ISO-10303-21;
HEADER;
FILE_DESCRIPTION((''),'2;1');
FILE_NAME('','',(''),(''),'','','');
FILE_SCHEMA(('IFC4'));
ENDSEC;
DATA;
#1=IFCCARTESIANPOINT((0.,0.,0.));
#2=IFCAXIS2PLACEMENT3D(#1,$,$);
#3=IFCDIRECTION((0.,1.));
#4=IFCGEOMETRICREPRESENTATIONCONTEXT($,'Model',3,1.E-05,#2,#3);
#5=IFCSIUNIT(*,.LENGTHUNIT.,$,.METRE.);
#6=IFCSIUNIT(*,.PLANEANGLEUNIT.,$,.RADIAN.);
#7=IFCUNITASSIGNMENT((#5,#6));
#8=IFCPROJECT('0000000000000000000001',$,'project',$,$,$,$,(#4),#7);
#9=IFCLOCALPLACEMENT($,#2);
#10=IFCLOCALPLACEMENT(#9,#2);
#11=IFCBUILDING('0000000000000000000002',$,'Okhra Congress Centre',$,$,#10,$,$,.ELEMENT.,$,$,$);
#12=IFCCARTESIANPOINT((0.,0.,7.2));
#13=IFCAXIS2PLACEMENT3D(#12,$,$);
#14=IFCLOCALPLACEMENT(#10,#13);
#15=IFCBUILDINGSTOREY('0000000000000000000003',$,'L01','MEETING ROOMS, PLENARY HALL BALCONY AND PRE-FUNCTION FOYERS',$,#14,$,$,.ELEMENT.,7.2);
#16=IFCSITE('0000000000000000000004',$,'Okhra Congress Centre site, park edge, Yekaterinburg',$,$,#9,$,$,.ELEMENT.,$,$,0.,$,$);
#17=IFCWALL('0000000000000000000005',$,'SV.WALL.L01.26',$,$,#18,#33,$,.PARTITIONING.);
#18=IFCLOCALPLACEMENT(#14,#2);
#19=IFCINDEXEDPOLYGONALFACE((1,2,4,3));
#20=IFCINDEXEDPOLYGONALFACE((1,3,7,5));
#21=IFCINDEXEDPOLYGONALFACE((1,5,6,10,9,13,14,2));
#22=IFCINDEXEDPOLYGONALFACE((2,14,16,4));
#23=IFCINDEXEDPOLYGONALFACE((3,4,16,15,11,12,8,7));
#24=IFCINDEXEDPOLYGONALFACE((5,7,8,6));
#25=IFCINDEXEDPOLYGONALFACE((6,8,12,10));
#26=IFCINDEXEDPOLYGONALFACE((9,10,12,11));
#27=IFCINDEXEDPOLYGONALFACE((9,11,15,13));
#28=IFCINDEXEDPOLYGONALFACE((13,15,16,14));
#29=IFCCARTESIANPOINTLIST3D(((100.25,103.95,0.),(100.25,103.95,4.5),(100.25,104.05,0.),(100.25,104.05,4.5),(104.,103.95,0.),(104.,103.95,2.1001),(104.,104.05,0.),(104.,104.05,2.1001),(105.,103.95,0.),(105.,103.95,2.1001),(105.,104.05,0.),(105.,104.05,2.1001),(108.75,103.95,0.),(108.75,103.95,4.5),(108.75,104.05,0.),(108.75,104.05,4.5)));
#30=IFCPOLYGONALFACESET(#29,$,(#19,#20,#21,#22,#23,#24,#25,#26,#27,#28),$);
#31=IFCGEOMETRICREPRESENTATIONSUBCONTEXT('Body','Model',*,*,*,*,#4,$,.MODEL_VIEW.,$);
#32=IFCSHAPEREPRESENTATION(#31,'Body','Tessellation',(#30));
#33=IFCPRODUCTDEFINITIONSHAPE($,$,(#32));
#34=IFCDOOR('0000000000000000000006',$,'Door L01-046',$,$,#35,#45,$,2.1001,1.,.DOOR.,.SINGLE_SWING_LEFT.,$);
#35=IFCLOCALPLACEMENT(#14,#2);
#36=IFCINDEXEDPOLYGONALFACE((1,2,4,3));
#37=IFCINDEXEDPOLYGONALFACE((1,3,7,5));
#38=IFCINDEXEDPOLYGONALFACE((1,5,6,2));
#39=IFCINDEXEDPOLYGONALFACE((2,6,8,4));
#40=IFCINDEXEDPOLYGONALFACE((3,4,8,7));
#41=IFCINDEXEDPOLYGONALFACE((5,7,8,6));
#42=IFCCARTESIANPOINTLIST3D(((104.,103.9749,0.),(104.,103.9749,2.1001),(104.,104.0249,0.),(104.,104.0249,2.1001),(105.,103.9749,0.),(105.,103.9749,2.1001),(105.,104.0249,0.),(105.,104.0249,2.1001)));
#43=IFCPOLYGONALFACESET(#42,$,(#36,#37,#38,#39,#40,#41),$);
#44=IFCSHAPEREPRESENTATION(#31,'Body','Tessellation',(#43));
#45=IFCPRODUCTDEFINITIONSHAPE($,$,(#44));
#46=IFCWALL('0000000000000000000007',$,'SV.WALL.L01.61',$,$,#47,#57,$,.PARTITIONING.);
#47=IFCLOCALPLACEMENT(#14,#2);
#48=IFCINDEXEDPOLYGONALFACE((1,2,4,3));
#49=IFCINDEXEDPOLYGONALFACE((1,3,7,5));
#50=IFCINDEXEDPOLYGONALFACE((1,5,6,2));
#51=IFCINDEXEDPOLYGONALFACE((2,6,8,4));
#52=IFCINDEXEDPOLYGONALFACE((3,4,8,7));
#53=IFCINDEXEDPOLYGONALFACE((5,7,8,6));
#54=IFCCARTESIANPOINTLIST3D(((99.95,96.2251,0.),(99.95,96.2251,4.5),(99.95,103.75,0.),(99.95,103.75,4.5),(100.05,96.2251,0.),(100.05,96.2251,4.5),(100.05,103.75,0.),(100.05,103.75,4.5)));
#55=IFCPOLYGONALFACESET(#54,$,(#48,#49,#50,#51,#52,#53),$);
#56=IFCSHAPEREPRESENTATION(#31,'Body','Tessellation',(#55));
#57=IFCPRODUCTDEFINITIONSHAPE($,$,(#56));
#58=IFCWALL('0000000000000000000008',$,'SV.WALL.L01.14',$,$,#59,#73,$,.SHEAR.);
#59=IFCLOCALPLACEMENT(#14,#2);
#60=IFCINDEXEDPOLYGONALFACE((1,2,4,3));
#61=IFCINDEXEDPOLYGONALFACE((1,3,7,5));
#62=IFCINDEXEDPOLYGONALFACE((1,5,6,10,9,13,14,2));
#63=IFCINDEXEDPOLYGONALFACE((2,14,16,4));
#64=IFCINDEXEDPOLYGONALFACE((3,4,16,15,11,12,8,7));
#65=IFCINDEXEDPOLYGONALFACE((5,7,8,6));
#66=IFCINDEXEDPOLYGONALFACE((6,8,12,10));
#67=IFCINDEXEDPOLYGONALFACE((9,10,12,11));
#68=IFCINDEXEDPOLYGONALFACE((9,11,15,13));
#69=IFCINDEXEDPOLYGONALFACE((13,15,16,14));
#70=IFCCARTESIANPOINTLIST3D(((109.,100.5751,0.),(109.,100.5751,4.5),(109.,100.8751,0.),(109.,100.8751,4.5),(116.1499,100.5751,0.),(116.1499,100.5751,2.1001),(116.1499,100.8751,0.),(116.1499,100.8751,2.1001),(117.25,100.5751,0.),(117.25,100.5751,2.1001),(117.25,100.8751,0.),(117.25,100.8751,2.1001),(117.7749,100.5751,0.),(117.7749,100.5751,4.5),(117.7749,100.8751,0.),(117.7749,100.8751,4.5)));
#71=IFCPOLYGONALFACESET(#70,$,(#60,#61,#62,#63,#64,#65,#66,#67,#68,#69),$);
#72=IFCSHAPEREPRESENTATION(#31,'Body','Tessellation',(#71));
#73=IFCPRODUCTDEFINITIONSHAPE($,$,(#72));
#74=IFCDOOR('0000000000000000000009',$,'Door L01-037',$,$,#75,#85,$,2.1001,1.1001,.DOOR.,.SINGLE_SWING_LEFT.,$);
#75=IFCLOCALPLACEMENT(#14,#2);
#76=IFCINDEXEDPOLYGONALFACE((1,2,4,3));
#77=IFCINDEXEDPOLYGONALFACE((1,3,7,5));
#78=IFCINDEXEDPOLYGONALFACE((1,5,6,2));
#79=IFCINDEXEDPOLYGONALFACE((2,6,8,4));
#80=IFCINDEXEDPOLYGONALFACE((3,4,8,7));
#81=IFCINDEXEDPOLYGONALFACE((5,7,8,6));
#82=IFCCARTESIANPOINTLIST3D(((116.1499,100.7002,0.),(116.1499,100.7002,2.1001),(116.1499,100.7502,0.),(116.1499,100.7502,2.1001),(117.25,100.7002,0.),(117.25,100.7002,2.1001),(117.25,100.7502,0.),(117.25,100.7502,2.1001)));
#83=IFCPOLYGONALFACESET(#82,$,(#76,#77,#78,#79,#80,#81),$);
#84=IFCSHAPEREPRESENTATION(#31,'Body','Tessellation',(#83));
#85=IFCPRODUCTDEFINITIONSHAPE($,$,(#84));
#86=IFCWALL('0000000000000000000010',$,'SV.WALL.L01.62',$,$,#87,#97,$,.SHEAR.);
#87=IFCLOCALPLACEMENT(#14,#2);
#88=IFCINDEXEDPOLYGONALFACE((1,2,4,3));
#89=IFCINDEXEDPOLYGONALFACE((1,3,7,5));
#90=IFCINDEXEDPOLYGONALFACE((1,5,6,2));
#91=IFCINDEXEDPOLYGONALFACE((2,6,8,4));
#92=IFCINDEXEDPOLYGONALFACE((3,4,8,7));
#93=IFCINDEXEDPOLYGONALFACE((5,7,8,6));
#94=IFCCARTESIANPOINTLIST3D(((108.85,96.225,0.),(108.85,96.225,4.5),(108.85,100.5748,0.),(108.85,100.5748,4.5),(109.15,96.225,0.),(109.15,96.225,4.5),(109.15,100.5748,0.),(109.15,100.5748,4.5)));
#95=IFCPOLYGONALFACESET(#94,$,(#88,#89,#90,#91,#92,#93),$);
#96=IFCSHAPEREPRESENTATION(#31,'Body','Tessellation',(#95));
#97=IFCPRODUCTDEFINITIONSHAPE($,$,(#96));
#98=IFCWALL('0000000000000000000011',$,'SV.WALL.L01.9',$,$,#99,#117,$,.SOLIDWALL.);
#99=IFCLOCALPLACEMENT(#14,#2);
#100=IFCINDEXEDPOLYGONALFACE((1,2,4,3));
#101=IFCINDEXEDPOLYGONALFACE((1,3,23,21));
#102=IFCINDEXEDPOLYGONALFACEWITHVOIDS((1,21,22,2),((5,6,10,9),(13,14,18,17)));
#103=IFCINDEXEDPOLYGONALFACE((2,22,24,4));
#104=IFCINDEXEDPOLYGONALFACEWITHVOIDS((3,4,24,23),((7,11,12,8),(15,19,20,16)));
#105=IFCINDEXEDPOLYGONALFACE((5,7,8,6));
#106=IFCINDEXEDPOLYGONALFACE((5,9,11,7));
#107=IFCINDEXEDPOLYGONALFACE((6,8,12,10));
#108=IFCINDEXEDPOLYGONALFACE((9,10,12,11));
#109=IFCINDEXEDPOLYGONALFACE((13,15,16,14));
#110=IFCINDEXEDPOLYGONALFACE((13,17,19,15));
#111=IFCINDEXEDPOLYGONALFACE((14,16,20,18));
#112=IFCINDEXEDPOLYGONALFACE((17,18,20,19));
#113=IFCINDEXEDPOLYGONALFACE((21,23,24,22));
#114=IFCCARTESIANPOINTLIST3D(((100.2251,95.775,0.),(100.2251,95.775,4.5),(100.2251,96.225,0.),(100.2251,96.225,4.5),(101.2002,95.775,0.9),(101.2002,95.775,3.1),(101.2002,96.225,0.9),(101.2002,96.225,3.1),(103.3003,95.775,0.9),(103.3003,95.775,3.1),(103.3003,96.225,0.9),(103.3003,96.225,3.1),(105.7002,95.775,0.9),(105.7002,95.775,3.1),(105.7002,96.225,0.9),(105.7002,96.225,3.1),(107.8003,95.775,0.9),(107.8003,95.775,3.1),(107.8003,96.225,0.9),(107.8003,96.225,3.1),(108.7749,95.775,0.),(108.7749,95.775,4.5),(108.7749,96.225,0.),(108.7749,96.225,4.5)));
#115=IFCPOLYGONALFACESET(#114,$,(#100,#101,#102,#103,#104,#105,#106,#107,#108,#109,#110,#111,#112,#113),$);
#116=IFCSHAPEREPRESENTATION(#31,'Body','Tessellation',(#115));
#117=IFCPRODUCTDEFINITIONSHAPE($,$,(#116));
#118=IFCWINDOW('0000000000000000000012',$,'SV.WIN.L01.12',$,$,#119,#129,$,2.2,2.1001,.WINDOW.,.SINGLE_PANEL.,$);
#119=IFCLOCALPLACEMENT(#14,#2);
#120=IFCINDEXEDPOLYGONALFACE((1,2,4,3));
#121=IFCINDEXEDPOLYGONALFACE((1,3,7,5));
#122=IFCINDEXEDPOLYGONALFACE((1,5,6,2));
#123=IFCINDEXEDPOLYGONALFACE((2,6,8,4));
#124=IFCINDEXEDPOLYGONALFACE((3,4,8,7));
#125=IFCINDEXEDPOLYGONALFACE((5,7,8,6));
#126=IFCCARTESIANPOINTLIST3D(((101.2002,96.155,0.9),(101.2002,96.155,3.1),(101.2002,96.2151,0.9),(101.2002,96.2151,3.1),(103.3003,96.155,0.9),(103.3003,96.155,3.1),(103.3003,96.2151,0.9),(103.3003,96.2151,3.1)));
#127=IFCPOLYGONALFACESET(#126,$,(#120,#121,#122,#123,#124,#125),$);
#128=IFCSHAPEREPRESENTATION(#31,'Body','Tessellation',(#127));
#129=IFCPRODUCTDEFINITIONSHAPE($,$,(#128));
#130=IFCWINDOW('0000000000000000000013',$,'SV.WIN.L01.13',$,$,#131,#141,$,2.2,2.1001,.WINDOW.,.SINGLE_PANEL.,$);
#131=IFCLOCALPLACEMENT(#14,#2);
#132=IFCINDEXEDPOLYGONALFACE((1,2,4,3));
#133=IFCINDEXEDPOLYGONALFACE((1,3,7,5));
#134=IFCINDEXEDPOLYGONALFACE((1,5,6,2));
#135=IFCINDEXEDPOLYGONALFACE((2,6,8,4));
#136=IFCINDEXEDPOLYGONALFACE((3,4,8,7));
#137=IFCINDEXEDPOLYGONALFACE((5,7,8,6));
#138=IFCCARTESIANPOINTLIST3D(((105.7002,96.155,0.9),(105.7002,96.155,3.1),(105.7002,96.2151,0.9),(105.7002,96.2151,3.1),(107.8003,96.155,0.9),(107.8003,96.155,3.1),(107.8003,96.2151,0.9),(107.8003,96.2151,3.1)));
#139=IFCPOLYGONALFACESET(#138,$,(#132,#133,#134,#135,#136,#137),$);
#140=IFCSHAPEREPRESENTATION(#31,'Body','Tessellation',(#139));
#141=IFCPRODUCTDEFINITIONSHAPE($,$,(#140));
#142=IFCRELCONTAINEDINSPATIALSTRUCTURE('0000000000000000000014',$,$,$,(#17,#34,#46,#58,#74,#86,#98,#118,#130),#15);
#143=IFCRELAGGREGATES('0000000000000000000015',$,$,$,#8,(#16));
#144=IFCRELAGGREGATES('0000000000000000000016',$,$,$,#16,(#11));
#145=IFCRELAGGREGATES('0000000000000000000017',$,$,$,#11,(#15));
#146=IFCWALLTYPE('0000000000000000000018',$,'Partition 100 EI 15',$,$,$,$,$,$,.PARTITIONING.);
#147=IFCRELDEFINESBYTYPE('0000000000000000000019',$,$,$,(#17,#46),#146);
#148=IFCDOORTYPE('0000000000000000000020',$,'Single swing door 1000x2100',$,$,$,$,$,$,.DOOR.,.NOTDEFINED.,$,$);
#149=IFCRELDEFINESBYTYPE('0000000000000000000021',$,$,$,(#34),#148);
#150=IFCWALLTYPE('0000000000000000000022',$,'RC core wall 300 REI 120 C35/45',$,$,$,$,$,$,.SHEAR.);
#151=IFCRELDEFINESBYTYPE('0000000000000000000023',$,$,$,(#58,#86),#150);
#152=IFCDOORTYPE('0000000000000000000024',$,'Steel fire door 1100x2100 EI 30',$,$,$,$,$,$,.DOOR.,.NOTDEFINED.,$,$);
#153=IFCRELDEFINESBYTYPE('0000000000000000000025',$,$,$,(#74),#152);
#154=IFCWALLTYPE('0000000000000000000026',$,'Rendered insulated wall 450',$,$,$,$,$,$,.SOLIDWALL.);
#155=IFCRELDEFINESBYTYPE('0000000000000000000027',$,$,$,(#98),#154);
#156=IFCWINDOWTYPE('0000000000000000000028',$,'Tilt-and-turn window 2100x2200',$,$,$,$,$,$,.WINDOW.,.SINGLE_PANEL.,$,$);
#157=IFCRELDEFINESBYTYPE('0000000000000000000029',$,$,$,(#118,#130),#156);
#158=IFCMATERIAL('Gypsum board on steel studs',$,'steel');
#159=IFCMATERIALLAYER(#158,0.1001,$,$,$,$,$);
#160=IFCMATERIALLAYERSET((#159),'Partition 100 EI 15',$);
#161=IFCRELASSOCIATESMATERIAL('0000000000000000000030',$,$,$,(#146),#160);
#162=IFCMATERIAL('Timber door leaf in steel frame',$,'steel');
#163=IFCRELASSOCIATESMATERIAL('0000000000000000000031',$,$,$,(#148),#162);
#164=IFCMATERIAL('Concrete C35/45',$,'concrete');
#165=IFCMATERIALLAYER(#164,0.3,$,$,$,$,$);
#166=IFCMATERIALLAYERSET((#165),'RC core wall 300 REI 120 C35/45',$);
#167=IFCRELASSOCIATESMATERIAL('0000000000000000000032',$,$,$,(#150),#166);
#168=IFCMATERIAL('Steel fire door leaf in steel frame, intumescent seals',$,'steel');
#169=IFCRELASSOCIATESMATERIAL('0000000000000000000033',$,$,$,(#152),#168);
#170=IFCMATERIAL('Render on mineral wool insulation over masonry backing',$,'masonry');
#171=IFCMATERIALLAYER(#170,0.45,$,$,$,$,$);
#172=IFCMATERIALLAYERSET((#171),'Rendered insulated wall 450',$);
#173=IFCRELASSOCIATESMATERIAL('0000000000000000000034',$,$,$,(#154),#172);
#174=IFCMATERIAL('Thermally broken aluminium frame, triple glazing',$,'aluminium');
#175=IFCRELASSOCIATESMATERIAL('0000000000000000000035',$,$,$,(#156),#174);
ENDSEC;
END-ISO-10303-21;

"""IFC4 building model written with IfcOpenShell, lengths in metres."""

from ifc_helpers import new_model, si_unit, direction, frame, frame_2d, origin, place, context, subcontext, project, spatial, rectangle, extrude, material, layer, layer_set, type_object, element, fill, save


model = new_model("IFC4")

# Units and contexts
model_context = context("Model", 3, precision=1e-05, world=origin(), true_north=direction((0.0, 1.0)))
body_context = subcontext(model_context, "Body", "Model", "MODEL_VIEW")
ifc_project = project(units=[si_unit("LENGTHUNIT", "METRE"), si_unit("PLANEANGLEUNIT", "RADIAN")], contexts=[model_context])

# Site, building, storey
site_placement = place(None, origin())
site = spatial("IfcSite", under=ifc_project, at=site_placement, Name="Okhra Congress Centre site, park edge, Yekaterinburg", CompositionType="ELEMENT", RefElevation=0.0)
building_placement = place(site_placement, origin())
building = spatial("IfcBuilding", under=site, at=building_placement, Name="Okhra Congress Centre", CompositionType="ELEMENT")
storey_placement = place(building_placement, frame((0.0, 0.0, 7.2)))
storey = spatial("IfcBuildingStorey", under=building, at=storey_placement, Name="L01", Description="MEETING ROOMS, PLENARY HALL BALCONY AND PRE-FUNCTION FOYERS", CompositionType="ELEMENT", Elevation=7.2)

# Shared definitions
ifc_material_1 = material(Name="Concrete C35/45", Category="concrete")

# Wall, opening, door
ifc_material_2 = material(Name="Gypsum board on steel studs", Category="steel")
ifc_layer_1 = layer(ifc_material_2, 0.1001)
ifc_layer_set_1 = layer_set([ifc_layer_1], Name="Partition 100 EI 15")
wall_type_1 = type_object("IfcWallType", Name="Partition 100 EI 15", PredefinedType="PARTITIONING", material=ifc_layer_set_1)
wall_1_placement = place(storey_placement, frame((100.25, 104.0, 0.0), z_axis=(0.0, 0.0, 1.0), x_axis=(1.0, 0.0, 0.0)))
wall_1 = element("IfcWall", 1, at=wall_1_placement, inside=storey, type_object=wall_type_1, Name="SV.WALL.L01.26", PredefinedType="PARTITIONING", context=body_context, shape_type="SweptSolid", body=[
    extrude(rectangle(XDim=8.5, YDim=0.1001, at=frame_2d((4.25, 0.0))), origin(), (0.0, 0.0, 1.0), 4.5),
])
opening_1_placement = place(wall_1_placement, frame((3.75, 0.0, 0.0)))
opening_1 = element("IfcOpeningElement", 2, at=opening_1_placement, cuts=wall_1, PredefinedType="OPENING", context=body_context, shape_type="SweptSolid", body=[
    extrude(rectangle(XDim=1.0, YDim=2.1001, at=frame_2d((0.5, 1.05))), frame((0.0, 0.0601, 0.0), z_axis=(0.0, -1.0, 0.0), x_axis=(1.0, 0.0, 0.0)), (0.0, 0.0, 1.0), 0.1201),
])
ifc_material_3 = material(Name="Timber door leaf in steel frame", Category="steel")
door_type_1 = type_object("IfcDoorType", Name="Single swing door 1000x2100", OperationType="NOTDEFINED", PredefinedType="DOOR", material=ifc_material_3)
door_1_placement = place(opening_1_placement, origin())
door_1 = element("IfcDoor", 3, at=door_1_placement, inside=storey, type_object=door_type_1, Name="Door L01-046", OperationType="SINGLE_SWING_LEFT", OverallHeight=2.1001, OverallWidth=1.0, PredefinedType="DOOR", context=body_context, shape_type="SweptSolid", body=[
    extrude(rectangle(XDim=1.0, YDim=2.1001, at=frame_2d((0.5, 1.05))), frame((0.0, 0.0249, 0.0), z_axis=(0.0, -1.0, 0.0), x_axis=(1.0, 0.0, 0.0)), (0.0, 0.0, 1.0), 0.05),
])
fill(opening_1, door_1)

# Wall
wall_2_placement = place(storey_placement, frame((100.0, 96.2251, 0.0), z_axis=(0.0, 0.0, 1.0), x_axis=(0.0, 1.0, 0.0)))
element("IfcWall", 4, at=wall_2_placement, inside=storey, type_object=wall_type_1, Name="SV.WALL.L01.61", PredefinedType="PARTITIONING", context=body_context, shape_type="SweptSolid", body=[
    extrude(rectangle(XDim=7.5249, YDim=0.1001, at=frame_2d((3.7625, 0.0))), origin(), (0.0, 0.0, 1.0), 4.5),
])

# Wall, opening, door
ifc_layer_2 = layer(ifc_material_1, 0.3)
ifc_layer_set_2 = layer_set([ifc_layer_2], Name="RC core wall 300 REI 120 C35/45")
wall_type_2 = type_object("IfcWallType", Name="RC core wall 300 REI 120 C35/45", PredefinedType="SHEAR", material=ifc_layer_set_2)
wall_3_placement = place(storey_placement, frame((109.0, 100.7251, 0.0), z_axis=(0.0, 0.0, 1.0), x_axis=(1.0, 0.0, 0.0)))
wall_3 = element("IfcWall", 5, at=wall_3_placement, inside=storey, type_object=wall_type_2, Name="SV.WALL.L01.14", PredefinedType="SHEAR", context=body_context, shape_type="SweptSolid", body=[
    extrude(rectangle(XDim=8.7749, YDim=0.3, at=frame_2d((4.3875, 0.0))), origin(), (0.0, 0.0, 1.0), 4.5),
])
opening_2_placement = place(wall_3_placement, frame((7.1499, 0.0, 0.0)))
opening_2 = element("IfcOpeningElement", 6, at=opening_2_placement, cuts=wall_3, PredefinedType="OPENING", context=body_context, shape_type="SweptSolid", body=[
    extrude(rectangle(XDim=1.1001, YDim=2.1001, at=frame_2d((0.55, 1.05))), frame((0.0, 0.1599, 0.0), z_axis=(0.0, -1.0, 0.0), x_axis=(1.0, 0.0, 0.0)), (0.0, 0.0, 1.0), 0.3201),
])
ifc_material_4 = material(Name="Steel fire door leaf in steel frame, intumescent seals", Category="steel")
door_type_2 = type_object("IfcDoorType", Name="Steel fire door 1100x2100 EI 30", OperationType="NOTDEFINED", PredefinedType="DOOR", material=ifc_material_4)
door_2_placement = place(opening_2_placement, frame((1.1001, 0.0, 0.0), z_axis=(0.0, 0.0, 1.0), x_axis=(-1.0, 0.0, 0.0)))
door_2 = element("IfcDoor", 7, at=door_2_placement, inside=storey, type_object=door_type_2, Name="Door L01-037", OperationType="SINGLE_SWING_LEFT", OverallHeight=2.1001, OverallWidth=1.1001, PredefinedType="DOOR", context=body_context, shape_type="SweptSolid", body=[
    extrude(rectangle(XDim=1.1001, YDim=2.1001, at=frame_2d((0.55, 1.05))), frame((0.0, 0.0249, 0.0), z_axis=(0.0, -1.0, 0.0), x_axis=(1.0, 0.0, 0.0)), (0.0, 0.0, 1.0), 0.05),
])
fill(opening_2, door_2)

# Wall
wall_4_placement = place(storey_placement, frame((109.0, 96.2251, 0.0), z_axis=(0.0, 0.0, 1.0), x_axis=(0.0, 1.0, 0.0)))
element("IfcWall", 8, at=wall_4_placement, inside=storey, type_object=wall_type_2, Name="SV.WALL.L01.62", PredefinedType="SHEAR", context=body_context, shape_type="SweptSolid", body=[
    extrude(rectangle(XDim=4.3499, YDim=0.3, at=frame_2d((2.1748, 0.0))), origin(), (0.0, 0.0, 1.0), 4.5),
])

# Wall, openings, windows
ifc_material_5 = material(Name="Render on mineral wool insulation over masonry backing", Category="masonry")
ifc_layer_3 = layer(ifc_material_5, 0.45)
ifc_layer_set_3 = layer_set([ifc_layer_3], Name="Rendered insulated wall 450")
wall_type_3 = type_object("IfcWallType", Name="Rendered insulated wall 450", PredefinedType="SOLIDWALL", material=ifc_layer_set_3)
wall_5_placement = place(storey_placement, frame((100.2251, 96.0, 0.0), z_axis=(0.0, 0.0, 1.0), x_axis=(1.0, 0.0, 0.0)))
wall_5 = element("IfcWall", 9, at=wall_5_placement, inside=storey, type_object=wall_type_3, Name="SV.WALL.L01.9", PredefinedType="SOLIDWALL", context=body_context, shape_type="SweptSolid", body=[
    extrude(rectangle(XDim=8.5498, YDim=0.45, at=frame_2d((4.2749, 0.0))), origin(), (0.0, 0.0, 1.0), 4.5),
])
opening_3_placement = place(wall_5_placement, frame((0.9751, 0.0, 0.8999)))
opening_3 = element("IfcOpeningElement", 10, at=opening_3_placement, cuts=wall_5, PredefinedType="OPENING", context=body_context, shape_type="SweptSolid", body=[
    extrude(rectangle(XDim=2.1001, YDim=2.2, at=frame_2d((1.05, 1.1001))), frame((0.0, 0.2349, 0.0), z_axis=(0.0, -1.0, 0.0), x_axis=(1.0, 0.0, 0.0)), (0.0, 0.0, 1.0), 0.47),
])
opening_4_placement = place(wall_5_placement, frame((5.4751, 0.0, 0.8999)))
opening_4 = element("IfcOpeningElement", 11, at=opening_4_placement, cuts=wall_5, PredefinedType="OPENING", context=body_context, shape_type="SweptSolid", body=[
    extrude(rectangle(XDim=2.1001, YDim=2.2, at=frame_2d((1.05, 1.1001))), frame((0.0, 0.2349, 0.0), z_axis=(0.0, -1.0, 0.0), x_axis=(1.0, 0.0, 0.0)), (0.0, 0.0, 1.0), 0.47),
])
ifc_material_6 = material(Name="Thermally broken aluminium frame, triple glazing", Category="aluminium")
window_type = type_object("IfcWindowType", Name="Tilt-and-turn window 2100x2200", PartitioningType="SINGLE_PANEL", PredefinedType="WINDOW", material=ifc_material_6)
window_1_placement = place(opening_3_placement, origin())
window_1 = element("IfcWindow", 12, at=window_1_placement, inside=storey, type_object=window_type, Name="SV.WIN.L01.12", OverallHeight=2.2, OverallWidth=2.1001, PartitioningType="SINGLE_PANEL", PredefinedType="WINDOW", context=body_context, shape_type="SweptSolid", body=[
    extrude(rectangle(XDim=2.1001, YDim=2.2, at=frame_2d((1.05, 1.1001))), frame((0.0, 0.2151, 0.0), z_axis=(0.0, -1.0, 0.0), x_axis=(1.0, 0.0, 0.0)), (0.0, 0.0, 1.0), 0.0601),
])
fill(opening_3, window_1)
window_2_placement = place(opening_4_placement, origin())
window_2 = element("IfcWindow", 13, at=window_2_placement, inside=storey, type_object=window_type, Name="SV.WIN.L01.13", OverallHeight=2.2, OverallWidth=2.1001, PartitioningType="SINGLE_PANEL", PredefinedType="WINDOW", context=body_context, shape_type="SweptSolid", body=[
    extrude(rectangle(XDim=2.1001, YDim=2.2, at=frame_2d((1.05, 1.1001))), frame((0.0, 0.2151, 0.0), z_axis=(0.0, -1.0, 0.0), x_axis=(1.0, 0.0, 0.0)), (0.0, 0.0, 1.0), 0.0601),
])
fill(opening_4, window_2)

save(model, "model.ifc")
